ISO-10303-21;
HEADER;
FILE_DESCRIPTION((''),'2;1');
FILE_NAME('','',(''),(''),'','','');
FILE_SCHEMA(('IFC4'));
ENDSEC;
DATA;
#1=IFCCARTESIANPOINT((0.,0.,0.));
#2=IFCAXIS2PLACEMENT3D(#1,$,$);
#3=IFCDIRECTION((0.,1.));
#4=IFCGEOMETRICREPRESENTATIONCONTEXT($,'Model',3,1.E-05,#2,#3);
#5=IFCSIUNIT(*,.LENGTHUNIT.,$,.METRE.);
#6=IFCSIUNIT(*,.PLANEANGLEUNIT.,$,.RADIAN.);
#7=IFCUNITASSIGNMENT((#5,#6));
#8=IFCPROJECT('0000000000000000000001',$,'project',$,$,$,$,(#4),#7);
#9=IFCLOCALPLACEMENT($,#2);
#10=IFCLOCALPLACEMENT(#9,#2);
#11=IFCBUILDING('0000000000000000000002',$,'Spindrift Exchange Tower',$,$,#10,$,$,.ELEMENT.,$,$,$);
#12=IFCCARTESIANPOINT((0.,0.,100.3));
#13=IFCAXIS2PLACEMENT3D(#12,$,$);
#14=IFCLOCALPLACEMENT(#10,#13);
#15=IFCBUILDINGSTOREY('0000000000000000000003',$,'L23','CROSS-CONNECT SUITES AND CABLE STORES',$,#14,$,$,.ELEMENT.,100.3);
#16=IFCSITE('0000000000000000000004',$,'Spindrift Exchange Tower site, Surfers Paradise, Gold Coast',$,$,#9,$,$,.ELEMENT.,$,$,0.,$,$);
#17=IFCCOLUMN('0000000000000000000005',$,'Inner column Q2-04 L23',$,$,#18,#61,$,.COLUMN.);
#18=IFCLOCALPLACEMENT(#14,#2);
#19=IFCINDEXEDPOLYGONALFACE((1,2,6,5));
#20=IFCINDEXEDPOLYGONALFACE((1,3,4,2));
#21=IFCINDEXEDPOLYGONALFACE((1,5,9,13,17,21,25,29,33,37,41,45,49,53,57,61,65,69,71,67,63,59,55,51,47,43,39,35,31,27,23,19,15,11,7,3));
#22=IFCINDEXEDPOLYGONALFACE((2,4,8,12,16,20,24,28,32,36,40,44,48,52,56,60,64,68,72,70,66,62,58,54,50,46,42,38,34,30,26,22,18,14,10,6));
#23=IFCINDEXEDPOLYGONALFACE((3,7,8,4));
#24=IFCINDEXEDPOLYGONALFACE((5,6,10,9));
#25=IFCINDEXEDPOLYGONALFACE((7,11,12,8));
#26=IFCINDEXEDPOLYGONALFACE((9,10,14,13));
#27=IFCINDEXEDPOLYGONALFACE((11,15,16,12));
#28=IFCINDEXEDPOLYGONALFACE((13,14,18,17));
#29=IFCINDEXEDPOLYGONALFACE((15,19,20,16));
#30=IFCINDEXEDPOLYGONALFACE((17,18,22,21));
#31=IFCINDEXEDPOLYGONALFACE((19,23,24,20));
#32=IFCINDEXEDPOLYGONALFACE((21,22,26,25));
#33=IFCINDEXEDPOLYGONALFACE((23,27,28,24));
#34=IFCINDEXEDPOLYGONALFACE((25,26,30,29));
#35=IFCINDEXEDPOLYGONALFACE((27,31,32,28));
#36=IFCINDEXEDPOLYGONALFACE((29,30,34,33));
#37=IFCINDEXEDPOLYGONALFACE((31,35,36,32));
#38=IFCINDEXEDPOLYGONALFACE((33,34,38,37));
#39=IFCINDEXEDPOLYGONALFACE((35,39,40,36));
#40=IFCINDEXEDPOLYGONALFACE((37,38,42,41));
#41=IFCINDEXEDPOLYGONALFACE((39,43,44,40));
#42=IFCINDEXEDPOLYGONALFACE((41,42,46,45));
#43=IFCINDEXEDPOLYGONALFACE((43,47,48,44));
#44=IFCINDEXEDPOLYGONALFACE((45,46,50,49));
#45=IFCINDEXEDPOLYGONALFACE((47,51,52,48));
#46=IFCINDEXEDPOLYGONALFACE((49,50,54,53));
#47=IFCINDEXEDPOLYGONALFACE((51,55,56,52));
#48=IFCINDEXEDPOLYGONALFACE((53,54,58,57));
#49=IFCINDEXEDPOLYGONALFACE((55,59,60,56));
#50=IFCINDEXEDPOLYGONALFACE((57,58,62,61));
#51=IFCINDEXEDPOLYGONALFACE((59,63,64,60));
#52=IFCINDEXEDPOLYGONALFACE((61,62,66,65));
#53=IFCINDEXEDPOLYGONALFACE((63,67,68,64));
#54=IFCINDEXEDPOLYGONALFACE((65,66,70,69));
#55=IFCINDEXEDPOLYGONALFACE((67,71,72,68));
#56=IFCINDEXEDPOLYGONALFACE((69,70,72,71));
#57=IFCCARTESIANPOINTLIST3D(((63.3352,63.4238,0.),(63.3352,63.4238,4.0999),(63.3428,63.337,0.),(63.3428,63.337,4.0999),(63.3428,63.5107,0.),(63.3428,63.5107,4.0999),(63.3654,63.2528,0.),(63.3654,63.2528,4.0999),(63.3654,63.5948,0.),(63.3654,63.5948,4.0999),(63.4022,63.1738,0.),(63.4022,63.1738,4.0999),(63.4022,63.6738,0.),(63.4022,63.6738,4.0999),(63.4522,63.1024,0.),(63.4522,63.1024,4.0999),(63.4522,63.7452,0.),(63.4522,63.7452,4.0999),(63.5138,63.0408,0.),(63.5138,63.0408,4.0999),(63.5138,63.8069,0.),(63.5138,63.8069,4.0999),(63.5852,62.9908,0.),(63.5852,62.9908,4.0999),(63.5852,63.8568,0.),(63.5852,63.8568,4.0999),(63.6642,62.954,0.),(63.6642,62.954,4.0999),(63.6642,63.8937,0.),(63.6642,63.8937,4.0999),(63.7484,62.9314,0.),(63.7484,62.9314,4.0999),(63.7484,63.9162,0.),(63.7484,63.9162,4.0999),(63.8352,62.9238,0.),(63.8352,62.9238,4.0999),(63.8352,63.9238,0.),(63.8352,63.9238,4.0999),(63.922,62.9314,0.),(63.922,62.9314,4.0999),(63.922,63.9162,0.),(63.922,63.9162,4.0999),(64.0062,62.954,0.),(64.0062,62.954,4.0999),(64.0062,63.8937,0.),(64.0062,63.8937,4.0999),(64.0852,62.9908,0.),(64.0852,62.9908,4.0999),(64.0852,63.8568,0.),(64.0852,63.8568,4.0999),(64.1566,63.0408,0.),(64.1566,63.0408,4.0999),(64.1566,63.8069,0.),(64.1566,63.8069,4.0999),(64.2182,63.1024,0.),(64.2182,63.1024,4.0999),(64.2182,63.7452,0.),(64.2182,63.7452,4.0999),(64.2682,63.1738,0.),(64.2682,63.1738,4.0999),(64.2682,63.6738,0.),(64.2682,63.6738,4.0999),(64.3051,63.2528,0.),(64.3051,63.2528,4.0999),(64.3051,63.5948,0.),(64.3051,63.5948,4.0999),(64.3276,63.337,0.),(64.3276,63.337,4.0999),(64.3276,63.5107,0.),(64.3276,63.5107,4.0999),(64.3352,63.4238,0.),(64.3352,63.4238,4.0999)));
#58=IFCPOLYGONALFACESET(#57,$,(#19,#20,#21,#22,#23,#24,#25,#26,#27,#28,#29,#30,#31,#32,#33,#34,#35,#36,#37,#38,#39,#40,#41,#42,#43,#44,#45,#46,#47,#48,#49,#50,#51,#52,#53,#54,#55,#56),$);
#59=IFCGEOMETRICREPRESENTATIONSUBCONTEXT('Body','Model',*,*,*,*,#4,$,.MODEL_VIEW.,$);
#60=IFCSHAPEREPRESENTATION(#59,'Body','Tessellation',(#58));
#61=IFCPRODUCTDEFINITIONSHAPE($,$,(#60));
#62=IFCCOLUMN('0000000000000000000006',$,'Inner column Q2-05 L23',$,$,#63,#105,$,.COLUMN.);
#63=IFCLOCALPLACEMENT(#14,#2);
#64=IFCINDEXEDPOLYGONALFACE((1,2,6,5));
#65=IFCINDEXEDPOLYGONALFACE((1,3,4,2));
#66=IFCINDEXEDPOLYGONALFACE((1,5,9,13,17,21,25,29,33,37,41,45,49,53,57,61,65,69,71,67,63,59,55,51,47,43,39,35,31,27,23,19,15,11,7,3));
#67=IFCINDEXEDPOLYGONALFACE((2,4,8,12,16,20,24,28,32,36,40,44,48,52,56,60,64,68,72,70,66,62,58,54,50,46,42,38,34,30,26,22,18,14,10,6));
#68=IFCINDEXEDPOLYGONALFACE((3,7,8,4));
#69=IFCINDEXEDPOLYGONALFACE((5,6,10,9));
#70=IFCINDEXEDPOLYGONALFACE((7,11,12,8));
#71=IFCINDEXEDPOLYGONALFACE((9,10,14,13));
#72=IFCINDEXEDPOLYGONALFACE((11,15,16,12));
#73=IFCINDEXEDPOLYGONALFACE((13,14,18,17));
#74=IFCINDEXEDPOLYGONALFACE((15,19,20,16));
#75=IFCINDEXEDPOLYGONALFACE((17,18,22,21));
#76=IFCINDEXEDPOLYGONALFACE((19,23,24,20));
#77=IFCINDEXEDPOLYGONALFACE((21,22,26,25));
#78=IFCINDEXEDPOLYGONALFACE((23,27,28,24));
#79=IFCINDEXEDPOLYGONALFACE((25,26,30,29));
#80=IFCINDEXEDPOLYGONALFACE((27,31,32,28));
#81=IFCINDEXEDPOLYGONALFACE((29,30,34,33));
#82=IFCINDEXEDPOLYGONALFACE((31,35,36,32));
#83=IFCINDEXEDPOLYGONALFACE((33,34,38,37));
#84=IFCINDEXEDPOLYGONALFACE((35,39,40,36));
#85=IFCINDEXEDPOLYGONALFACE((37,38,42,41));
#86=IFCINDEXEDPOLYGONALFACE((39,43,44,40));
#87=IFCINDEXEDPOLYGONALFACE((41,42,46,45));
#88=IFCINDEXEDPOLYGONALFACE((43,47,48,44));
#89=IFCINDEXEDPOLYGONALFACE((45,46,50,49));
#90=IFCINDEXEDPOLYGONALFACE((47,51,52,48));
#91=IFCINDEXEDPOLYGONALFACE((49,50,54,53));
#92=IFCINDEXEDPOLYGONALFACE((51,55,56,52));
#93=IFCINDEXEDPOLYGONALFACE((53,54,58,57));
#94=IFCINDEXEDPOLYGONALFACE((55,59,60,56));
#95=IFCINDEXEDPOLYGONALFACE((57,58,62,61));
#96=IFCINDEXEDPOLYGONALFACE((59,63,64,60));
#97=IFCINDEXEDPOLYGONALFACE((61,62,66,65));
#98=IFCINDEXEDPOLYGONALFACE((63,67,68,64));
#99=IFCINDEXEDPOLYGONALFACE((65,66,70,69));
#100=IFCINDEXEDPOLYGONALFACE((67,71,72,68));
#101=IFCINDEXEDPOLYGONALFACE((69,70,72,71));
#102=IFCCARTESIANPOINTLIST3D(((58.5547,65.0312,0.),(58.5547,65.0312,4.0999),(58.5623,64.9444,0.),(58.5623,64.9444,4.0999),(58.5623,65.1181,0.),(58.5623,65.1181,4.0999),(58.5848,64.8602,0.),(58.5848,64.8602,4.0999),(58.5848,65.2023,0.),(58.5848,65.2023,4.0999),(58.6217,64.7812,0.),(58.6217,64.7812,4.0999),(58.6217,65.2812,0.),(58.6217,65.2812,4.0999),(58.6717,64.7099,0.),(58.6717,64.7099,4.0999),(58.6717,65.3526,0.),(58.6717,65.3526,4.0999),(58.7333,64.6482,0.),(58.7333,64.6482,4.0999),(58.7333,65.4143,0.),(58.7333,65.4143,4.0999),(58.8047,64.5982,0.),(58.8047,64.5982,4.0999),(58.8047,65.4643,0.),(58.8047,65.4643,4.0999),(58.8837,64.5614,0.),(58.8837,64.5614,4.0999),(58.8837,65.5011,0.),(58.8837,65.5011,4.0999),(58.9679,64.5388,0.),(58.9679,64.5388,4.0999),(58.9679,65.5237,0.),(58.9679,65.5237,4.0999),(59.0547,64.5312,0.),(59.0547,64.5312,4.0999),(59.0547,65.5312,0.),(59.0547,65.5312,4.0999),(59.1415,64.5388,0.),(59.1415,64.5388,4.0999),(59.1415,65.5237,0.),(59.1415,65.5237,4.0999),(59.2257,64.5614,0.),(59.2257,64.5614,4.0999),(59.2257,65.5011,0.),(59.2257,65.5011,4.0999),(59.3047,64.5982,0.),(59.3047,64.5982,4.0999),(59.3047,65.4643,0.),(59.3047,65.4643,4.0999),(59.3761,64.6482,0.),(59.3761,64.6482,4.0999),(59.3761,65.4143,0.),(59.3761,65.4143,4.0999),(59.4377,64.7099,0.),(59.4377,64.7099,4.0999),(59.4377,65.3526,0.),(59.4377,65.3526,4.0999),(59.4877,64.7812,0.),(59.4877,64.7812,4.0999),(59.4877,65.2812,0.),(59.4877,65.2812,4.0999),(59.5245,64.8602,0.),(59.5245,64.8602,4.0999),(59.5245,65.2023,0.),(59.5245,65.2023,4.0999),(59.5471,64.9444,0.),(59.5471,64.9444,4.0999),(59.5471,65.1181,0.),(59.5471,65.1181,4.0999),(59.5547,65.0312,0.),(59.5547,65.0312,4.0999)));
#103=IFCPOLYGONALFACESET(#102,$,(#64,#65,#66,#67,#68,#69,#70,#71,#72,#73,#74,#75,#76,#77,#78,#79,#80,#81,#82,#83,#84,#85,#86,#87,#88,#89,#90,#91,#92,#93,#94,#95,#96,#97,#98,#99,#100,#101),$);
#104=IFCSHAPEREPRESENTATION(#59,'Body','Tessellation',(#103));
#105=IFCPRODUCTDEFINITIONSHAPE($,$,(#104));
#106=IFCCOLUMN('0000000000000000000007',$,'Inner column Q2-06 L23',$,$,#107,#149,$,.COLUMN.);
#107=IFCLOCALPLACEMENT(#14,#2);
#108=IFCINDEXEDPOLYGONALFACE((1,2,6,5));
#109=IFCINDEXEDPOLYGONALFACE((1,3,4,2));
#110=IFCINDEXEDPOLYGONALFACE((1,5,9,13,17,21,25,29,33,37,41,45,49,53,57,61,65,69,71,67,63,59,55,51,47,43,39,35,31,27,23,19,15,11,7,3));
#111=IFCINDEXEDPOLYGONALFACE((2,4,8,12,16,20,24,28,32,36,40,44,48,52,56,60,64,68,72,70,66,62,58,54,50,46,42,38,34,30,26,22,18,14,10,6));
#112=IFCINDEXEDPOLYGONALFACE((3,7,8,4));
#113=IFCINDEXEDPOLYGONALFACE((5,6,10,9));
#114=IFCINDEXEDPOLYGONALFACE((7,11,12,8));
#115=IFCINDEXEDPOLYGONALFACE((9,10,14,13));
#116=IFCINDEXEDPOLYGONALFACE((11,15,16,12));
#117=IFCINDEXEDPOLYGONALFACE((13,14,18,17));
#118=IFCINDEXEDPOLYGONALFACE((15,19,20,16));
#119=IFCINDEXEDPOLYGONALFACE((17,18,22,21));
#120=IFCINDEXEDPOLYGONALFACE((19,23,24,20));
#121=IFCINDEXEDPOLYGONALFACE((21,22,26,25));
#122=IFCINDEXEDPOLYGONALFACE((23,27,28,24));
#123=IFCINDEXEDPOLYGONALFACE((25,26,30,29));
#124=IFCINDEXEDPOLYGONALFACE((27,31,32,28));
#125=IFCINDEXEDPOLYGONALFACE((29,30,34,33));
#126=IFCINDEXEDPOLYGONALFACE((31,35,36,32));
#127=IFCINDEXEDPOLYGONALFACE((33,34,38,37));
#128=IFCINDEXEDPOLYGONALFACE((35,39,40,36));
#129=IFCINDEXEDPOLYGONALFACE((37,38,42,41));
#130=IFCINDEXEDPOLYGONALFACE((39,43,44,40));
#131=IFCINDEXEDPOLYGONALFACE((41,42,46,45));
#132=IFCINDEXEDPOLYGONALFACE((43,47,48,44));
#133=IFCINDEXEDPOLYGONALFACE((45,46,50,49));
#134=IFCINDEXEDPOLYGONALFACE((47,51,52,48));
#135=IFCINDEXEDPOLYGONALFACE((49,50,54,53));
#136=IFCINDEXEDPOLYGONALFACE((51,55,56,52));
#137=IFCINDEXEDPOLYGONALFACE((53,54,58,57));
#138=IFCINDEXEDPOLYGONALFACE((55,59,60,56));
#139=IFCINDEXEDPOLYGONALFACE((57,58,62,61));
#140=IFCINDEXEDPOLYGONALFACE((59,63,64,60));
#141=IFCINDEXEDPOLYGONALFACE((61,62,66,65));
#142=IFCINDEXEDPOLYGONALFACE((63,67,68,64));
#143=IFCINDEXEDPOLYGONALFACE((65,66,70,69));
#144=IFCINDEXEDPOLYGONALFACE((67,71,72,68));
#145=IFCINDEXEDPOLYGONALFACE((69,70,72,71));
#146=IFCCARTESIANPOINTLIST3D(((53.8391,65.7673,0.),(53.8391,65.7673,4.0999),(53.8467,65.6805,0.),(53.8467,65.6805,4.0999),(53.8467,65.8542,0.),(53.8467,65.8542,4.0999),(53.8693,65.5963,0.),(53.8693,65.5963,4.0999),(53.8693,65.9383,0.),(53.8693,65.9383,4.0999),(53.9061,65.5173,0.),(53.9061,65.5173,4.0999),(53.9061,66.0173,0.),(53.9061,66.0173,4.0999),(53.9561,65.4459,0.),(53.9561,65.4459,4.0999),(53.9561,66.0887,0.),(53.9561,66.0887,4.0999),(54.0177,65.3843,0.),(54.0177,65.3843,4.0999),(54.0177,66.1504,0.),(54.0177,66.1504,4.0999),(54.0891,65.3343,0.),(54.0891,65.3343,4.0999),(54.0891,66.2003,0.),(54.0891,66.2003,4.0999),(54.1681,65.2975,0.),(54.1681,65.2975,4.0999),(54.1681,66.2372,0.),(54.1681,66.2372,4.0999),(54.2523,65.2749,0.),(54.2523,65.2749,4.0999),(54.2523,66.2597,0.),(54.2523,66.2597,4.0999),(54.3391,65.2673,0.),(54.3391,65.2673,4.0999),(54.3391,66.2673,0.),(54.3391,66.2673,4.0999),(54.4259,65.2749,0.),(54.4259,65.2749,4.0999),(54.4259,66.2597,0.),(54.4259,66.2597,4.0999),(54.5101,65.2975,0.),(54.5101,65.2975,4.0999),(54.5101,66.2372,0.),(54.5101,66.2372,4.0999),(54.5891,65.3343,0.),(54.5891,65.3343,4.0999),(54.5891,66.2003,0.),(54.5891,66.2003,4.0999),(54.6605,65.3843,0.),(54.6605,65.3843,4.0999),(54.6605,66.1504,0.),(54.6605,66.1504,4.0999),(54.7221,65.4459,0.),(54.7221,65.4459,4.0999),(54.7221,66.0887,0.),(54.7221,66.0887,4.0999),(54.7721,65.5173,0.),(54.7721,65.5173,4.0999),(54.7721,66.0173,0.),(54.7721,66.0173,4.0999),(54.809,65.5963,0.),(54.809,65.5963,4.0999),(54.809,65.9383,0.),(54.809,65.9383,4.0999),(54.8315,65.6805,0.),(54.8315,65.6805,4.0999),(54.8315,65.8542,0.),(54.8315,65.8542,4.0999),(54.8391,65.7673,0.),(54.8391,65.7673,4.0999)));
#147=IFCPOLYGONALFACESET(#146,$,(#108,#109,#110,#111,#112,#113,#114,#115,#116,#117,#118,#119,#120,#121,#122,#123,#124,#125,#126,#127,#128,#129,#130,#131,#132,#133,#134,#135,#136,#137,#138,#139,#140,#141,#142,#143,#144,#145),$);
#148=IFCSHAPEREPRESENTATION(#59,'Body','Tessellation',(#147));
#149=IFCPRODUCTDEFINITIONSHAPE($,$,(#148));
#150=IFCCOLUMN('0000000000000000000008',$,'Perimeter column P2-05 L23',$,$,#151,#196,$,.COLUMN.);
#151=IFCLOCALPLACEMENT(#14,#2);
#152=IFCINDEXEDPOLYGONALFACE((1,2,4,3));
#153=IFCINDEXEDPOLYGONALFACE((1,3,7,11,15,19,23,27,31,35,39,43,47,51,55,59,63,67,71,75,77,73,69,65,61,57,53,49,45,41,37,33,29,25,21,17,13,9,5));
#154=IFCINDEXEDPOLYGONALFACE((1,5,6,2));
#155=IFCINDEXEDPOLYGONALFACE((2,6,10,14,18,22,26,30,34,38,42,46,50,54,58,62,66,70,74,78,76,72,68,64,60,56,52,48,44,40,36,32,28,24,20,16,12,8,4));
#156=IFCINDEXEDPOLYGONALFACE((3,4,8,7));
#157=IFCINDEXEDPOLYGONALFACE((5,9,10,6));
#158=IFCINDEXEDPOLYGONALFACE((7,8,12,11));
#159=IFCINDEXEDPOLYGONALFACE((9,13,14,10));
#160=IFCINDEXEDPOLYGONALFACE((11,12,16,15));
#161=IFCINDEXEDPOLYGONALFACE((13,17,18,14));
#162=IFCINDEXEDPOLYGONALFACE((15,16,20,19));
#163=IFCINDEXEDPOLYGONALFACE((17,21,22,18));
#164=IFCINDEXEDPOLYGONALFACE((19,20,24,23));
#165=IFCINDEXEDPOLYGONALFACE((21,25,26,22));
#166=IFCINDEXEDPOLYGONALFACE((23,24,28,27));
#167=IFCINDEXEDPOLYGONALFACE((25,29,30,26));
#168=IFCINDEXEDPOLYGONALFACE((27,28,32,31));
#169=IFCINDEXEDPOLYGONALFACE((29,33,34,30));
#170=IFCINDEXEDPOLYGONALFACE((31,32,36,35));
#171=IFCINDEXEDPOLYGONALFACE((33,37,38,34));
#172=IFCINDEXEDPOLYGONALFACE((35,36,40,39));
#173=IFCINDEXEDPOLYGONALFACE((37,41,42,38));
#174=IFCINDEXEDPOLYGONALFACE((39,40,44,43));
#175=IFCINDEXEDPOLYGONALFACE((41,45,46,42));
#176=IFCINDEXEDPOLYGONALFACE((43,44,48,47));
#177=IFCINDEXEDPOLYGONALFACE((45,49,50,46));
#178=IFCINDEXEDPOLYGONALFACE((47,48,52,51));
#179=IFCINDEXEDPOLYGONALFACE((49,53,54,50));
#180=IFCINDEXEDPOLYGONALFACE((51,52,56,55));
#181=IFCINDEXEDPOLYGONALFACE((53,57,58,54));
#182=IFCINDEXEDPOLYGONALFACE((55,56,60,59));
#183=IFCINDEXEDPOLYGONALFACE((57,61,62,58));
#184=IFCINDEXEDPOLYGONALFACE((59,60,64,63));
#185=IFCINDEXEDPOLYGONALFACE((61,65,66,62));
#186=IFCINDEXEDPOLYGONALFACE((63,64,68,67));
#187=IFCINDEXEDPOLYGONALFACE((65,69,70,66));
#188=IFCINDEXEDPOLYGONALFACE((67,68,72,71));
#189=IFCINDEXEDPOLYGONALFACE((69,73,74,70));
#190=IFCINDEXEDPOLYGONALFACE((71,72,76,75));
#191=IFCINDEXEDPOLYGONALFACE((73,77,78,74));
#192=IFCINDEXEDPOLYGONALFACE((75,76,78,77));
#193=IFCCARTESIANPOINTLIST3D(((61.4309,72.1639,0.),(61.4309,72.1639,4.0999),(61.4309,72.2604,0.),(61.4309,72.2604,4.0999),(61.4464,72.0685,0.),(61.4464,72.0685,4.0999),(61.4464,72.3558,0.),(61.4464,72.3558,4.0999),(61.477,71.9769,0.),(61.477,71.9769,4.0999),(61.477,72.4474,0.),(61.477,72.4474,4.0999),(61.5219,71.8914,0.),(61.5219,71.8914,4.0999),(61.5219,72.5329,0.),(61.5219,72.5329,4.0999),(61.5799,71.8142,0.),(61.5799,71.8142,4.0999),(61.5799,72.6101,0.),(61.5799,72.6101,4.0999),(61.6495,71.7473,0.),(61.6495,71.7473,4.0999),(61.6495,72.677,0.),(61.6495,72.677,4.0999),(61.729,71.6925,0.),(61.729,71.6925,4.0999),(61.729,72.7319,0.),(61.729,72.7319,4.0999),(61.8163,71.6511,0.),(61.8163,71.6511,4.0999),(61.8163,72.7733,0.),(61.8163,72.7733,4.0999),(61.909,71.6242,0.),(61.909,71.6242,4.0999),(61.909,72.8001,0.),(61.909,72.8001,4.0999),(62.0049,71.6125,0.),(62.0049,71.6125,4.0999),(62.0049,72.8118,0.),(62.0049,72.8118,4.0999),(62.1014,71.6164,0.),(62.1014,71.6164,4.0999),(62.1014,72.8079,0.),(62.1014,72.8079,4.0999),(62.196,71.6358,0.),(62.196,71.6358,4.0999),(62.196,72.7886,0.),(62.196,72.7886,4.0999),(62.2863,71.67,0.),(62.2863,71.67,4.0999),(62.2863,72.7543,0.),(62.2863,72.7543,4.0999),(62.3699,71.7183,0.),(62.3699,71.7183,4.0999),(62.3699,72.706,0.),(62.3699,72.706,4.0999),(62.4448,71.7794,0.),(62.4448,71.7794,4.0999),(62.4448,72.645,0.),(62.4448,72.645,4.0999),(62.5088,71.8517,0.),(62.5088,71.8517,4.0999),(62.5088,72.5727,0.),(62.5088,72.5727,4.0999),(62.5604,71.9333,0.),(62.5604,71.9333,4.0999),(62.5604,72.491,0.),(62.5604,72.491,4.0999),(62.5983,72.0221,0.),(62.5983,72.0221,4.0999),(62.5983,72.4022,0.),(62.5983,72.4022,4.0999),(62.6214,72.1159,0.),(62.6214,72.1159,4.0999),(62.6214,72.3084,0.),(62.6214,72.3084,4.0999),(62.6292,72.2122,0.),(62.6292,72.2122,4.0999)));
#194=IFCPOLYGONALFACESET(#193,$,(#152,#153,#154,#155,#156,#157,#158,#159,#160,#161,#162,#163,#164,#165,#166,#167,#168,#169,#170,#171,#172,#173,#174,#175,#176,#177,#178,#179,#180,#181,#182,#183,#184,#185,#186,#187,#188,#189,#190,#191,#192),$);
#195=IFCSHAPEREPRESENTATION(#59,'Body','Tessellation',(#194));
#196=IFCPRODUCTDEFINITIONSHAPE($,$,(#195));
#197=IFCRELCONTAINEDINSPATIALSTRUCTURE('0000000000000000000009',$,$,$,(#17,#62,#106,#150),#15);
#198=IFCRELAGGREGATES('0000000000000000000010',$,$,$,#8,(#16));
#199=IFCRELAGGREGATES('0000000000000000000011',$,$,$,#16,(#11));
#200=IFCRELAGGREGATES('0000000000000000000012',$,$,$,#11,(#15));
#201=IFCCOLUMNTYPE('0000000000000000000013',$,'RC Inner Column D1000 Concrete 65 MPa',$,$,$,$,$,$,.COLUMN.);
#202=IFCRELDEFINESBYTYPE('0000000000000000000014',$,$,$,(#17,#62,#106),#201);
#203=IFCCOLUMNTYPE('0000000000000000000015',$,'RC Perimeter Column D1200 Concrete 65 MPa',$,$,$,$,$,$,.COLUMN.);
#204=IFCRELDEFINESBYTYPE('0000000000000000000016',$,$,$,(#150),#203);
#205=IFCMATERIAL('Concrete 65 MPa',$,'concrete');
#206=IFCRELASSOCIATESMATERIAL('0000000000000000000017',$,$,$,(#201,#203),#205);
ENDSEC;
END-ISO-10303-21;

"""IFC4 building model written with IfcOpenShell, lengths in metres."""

from ifc_helpers import new_model, si_unit, direction, frame, origin, origin_2d, place, context, subcontext, project, spatial, circle, extrude, source, transform, mapped, material, material_profile, profile_set, type_object, element, save


model = new_model("IFC4")

# Units and contexts
model_context = context("Model", 3, precision=1e-05, world=origin(), true_north=direction((0.0, 1.0)))
body_context = subcontext(model_context, "Body", "Model", "MODEL_VIEW")
ifc_project = project(units=[si_unit("LENGTHUNIT", "METRE"), si_unit("PLANEANGLEUNIT", "RADIAN")], contexts=[model_context])

# Site, building, storey
site_placement = place(None, origin())
site = spatial("IfcSite", under=ifc_project, at=site_placement, Name="Spindrift Exchange Tower site, Surfers Paradise, Gold Coast", CompositionType="ELEMENT", RefElevation=0.0)
building_placement = place(site_placement, origin())
building = spatial("IfcBuilding", under=site, at=building_placement, Name="Spindrift Exchange Tower", CompositionType="ELEMENT")
storey_placement = place(building_placement, frame((0.0, 0.0, 100.3)))
storey = spatial("IfcBuildingStorey", under=building, at=storey_placement, Name="L23", Description="CROSS-CONNECT SUITES AND CABLE STORES", CompositionType="ELEMENT", Elevation=100.3)

# Columns
ifc_material_1 = material(Name="Concrete 65 MPa", Category="concrete")
ifc_material_profile_1 = material_profile(ifc_material_1, circle(Radius=0.5, at=origin_2d()), Name="RC D1000")
ifc_profile_set_1 = profile_set([ifc_material_profile_1], Name="Concrete 65 MPa")
column_type_1 = type_object("IfcColumnType", Name="RC Inner Column D1000 Concrete 65 MPa", PredefinedType="COLUMN", material=ifc_profile_set_1)
shared_shape_1 = source(origin(), body_context, "Body", "SweptSolid", [
    extrude(circle(Radius=0.5, at=origin_2d()), origin(), (0.0, 0.0, 1.0), 4.0999),
])
for number, where, z_axis, x_axis, name in (
    (1, (63.8352, 63.4238, 0.0), (0.0, 0.0, 1.0), (1.0, 0.0, 0.0), "Inner column Q2-04 L23"),
    (2, (59.0547, 65.0312, 0.0), (0.0, 0.0, 1.0), (1.0, 0.0, 0.0), "Inner column Q2-05 L23"),
    (3, (54.3391, 65.7673, 0.0), (0.0, 0.0, 1.0), (1.0, 0.0, 0.0), "Inner column Q2-06 L23"),
):
    element("IfcColumn", number, at=place(storey_placement, frame(where, z_axis=z_axis, x_axis=x_axis)), inside=storey, type_object=column_type_1, Name=name, PredefinedType="COLUMN", context=body_context, shape_type="MappedRepresentation", body=[
        mapped(shared_shape_1, transform((0.0, 0.0, 0.0), scale=1.0)),
    ])
ifc_material_profile_2 = material_profile(ifc_material_1, circle(Radius=0.6001, at=origin_2d()), Name="RC D1200")
ifc_profile_set_2 = profile_set([ifc_material_profile_2], Name="Concrete 65 MPa")
column_type_2 = type_object("IfcColumnType", Name="RC Perimeter Column D1200 Concrete 65 MPa", PredefinedType="COLUMN", material=ifc_profile_set_2)
shared_shape_2 = source(origin(), body_context, "Body", "SweptSolid", [
    extrude(circle(Radius=0.6001, at=origin_2d()), origin(), (0.0, 0.0, 1.0), 4.0999),
])
for number, where, z_axis, x_axis, name in (
    (4, (62.0291, 72.2122, 0.0), (0.0, 0.0, 1.0), (1.0, 0.0, 0.0), "Perimeter column P2-05 L23"),
):
    element("IfcColumn", number, at=place(storey_placement, frame(where, z_axis=z_axis, x_axis=x_axis)), inside=storey, type_object=column_type_2, Name=name, PredefinedType="COLUMN", context=body_context, shape_type="MappedRepresentation", body=[
        mapped(shared_shape_2, transform((0.0, 0.0, 0.0), scale=1.0)),
    ])

save(model, "model.ifc")
